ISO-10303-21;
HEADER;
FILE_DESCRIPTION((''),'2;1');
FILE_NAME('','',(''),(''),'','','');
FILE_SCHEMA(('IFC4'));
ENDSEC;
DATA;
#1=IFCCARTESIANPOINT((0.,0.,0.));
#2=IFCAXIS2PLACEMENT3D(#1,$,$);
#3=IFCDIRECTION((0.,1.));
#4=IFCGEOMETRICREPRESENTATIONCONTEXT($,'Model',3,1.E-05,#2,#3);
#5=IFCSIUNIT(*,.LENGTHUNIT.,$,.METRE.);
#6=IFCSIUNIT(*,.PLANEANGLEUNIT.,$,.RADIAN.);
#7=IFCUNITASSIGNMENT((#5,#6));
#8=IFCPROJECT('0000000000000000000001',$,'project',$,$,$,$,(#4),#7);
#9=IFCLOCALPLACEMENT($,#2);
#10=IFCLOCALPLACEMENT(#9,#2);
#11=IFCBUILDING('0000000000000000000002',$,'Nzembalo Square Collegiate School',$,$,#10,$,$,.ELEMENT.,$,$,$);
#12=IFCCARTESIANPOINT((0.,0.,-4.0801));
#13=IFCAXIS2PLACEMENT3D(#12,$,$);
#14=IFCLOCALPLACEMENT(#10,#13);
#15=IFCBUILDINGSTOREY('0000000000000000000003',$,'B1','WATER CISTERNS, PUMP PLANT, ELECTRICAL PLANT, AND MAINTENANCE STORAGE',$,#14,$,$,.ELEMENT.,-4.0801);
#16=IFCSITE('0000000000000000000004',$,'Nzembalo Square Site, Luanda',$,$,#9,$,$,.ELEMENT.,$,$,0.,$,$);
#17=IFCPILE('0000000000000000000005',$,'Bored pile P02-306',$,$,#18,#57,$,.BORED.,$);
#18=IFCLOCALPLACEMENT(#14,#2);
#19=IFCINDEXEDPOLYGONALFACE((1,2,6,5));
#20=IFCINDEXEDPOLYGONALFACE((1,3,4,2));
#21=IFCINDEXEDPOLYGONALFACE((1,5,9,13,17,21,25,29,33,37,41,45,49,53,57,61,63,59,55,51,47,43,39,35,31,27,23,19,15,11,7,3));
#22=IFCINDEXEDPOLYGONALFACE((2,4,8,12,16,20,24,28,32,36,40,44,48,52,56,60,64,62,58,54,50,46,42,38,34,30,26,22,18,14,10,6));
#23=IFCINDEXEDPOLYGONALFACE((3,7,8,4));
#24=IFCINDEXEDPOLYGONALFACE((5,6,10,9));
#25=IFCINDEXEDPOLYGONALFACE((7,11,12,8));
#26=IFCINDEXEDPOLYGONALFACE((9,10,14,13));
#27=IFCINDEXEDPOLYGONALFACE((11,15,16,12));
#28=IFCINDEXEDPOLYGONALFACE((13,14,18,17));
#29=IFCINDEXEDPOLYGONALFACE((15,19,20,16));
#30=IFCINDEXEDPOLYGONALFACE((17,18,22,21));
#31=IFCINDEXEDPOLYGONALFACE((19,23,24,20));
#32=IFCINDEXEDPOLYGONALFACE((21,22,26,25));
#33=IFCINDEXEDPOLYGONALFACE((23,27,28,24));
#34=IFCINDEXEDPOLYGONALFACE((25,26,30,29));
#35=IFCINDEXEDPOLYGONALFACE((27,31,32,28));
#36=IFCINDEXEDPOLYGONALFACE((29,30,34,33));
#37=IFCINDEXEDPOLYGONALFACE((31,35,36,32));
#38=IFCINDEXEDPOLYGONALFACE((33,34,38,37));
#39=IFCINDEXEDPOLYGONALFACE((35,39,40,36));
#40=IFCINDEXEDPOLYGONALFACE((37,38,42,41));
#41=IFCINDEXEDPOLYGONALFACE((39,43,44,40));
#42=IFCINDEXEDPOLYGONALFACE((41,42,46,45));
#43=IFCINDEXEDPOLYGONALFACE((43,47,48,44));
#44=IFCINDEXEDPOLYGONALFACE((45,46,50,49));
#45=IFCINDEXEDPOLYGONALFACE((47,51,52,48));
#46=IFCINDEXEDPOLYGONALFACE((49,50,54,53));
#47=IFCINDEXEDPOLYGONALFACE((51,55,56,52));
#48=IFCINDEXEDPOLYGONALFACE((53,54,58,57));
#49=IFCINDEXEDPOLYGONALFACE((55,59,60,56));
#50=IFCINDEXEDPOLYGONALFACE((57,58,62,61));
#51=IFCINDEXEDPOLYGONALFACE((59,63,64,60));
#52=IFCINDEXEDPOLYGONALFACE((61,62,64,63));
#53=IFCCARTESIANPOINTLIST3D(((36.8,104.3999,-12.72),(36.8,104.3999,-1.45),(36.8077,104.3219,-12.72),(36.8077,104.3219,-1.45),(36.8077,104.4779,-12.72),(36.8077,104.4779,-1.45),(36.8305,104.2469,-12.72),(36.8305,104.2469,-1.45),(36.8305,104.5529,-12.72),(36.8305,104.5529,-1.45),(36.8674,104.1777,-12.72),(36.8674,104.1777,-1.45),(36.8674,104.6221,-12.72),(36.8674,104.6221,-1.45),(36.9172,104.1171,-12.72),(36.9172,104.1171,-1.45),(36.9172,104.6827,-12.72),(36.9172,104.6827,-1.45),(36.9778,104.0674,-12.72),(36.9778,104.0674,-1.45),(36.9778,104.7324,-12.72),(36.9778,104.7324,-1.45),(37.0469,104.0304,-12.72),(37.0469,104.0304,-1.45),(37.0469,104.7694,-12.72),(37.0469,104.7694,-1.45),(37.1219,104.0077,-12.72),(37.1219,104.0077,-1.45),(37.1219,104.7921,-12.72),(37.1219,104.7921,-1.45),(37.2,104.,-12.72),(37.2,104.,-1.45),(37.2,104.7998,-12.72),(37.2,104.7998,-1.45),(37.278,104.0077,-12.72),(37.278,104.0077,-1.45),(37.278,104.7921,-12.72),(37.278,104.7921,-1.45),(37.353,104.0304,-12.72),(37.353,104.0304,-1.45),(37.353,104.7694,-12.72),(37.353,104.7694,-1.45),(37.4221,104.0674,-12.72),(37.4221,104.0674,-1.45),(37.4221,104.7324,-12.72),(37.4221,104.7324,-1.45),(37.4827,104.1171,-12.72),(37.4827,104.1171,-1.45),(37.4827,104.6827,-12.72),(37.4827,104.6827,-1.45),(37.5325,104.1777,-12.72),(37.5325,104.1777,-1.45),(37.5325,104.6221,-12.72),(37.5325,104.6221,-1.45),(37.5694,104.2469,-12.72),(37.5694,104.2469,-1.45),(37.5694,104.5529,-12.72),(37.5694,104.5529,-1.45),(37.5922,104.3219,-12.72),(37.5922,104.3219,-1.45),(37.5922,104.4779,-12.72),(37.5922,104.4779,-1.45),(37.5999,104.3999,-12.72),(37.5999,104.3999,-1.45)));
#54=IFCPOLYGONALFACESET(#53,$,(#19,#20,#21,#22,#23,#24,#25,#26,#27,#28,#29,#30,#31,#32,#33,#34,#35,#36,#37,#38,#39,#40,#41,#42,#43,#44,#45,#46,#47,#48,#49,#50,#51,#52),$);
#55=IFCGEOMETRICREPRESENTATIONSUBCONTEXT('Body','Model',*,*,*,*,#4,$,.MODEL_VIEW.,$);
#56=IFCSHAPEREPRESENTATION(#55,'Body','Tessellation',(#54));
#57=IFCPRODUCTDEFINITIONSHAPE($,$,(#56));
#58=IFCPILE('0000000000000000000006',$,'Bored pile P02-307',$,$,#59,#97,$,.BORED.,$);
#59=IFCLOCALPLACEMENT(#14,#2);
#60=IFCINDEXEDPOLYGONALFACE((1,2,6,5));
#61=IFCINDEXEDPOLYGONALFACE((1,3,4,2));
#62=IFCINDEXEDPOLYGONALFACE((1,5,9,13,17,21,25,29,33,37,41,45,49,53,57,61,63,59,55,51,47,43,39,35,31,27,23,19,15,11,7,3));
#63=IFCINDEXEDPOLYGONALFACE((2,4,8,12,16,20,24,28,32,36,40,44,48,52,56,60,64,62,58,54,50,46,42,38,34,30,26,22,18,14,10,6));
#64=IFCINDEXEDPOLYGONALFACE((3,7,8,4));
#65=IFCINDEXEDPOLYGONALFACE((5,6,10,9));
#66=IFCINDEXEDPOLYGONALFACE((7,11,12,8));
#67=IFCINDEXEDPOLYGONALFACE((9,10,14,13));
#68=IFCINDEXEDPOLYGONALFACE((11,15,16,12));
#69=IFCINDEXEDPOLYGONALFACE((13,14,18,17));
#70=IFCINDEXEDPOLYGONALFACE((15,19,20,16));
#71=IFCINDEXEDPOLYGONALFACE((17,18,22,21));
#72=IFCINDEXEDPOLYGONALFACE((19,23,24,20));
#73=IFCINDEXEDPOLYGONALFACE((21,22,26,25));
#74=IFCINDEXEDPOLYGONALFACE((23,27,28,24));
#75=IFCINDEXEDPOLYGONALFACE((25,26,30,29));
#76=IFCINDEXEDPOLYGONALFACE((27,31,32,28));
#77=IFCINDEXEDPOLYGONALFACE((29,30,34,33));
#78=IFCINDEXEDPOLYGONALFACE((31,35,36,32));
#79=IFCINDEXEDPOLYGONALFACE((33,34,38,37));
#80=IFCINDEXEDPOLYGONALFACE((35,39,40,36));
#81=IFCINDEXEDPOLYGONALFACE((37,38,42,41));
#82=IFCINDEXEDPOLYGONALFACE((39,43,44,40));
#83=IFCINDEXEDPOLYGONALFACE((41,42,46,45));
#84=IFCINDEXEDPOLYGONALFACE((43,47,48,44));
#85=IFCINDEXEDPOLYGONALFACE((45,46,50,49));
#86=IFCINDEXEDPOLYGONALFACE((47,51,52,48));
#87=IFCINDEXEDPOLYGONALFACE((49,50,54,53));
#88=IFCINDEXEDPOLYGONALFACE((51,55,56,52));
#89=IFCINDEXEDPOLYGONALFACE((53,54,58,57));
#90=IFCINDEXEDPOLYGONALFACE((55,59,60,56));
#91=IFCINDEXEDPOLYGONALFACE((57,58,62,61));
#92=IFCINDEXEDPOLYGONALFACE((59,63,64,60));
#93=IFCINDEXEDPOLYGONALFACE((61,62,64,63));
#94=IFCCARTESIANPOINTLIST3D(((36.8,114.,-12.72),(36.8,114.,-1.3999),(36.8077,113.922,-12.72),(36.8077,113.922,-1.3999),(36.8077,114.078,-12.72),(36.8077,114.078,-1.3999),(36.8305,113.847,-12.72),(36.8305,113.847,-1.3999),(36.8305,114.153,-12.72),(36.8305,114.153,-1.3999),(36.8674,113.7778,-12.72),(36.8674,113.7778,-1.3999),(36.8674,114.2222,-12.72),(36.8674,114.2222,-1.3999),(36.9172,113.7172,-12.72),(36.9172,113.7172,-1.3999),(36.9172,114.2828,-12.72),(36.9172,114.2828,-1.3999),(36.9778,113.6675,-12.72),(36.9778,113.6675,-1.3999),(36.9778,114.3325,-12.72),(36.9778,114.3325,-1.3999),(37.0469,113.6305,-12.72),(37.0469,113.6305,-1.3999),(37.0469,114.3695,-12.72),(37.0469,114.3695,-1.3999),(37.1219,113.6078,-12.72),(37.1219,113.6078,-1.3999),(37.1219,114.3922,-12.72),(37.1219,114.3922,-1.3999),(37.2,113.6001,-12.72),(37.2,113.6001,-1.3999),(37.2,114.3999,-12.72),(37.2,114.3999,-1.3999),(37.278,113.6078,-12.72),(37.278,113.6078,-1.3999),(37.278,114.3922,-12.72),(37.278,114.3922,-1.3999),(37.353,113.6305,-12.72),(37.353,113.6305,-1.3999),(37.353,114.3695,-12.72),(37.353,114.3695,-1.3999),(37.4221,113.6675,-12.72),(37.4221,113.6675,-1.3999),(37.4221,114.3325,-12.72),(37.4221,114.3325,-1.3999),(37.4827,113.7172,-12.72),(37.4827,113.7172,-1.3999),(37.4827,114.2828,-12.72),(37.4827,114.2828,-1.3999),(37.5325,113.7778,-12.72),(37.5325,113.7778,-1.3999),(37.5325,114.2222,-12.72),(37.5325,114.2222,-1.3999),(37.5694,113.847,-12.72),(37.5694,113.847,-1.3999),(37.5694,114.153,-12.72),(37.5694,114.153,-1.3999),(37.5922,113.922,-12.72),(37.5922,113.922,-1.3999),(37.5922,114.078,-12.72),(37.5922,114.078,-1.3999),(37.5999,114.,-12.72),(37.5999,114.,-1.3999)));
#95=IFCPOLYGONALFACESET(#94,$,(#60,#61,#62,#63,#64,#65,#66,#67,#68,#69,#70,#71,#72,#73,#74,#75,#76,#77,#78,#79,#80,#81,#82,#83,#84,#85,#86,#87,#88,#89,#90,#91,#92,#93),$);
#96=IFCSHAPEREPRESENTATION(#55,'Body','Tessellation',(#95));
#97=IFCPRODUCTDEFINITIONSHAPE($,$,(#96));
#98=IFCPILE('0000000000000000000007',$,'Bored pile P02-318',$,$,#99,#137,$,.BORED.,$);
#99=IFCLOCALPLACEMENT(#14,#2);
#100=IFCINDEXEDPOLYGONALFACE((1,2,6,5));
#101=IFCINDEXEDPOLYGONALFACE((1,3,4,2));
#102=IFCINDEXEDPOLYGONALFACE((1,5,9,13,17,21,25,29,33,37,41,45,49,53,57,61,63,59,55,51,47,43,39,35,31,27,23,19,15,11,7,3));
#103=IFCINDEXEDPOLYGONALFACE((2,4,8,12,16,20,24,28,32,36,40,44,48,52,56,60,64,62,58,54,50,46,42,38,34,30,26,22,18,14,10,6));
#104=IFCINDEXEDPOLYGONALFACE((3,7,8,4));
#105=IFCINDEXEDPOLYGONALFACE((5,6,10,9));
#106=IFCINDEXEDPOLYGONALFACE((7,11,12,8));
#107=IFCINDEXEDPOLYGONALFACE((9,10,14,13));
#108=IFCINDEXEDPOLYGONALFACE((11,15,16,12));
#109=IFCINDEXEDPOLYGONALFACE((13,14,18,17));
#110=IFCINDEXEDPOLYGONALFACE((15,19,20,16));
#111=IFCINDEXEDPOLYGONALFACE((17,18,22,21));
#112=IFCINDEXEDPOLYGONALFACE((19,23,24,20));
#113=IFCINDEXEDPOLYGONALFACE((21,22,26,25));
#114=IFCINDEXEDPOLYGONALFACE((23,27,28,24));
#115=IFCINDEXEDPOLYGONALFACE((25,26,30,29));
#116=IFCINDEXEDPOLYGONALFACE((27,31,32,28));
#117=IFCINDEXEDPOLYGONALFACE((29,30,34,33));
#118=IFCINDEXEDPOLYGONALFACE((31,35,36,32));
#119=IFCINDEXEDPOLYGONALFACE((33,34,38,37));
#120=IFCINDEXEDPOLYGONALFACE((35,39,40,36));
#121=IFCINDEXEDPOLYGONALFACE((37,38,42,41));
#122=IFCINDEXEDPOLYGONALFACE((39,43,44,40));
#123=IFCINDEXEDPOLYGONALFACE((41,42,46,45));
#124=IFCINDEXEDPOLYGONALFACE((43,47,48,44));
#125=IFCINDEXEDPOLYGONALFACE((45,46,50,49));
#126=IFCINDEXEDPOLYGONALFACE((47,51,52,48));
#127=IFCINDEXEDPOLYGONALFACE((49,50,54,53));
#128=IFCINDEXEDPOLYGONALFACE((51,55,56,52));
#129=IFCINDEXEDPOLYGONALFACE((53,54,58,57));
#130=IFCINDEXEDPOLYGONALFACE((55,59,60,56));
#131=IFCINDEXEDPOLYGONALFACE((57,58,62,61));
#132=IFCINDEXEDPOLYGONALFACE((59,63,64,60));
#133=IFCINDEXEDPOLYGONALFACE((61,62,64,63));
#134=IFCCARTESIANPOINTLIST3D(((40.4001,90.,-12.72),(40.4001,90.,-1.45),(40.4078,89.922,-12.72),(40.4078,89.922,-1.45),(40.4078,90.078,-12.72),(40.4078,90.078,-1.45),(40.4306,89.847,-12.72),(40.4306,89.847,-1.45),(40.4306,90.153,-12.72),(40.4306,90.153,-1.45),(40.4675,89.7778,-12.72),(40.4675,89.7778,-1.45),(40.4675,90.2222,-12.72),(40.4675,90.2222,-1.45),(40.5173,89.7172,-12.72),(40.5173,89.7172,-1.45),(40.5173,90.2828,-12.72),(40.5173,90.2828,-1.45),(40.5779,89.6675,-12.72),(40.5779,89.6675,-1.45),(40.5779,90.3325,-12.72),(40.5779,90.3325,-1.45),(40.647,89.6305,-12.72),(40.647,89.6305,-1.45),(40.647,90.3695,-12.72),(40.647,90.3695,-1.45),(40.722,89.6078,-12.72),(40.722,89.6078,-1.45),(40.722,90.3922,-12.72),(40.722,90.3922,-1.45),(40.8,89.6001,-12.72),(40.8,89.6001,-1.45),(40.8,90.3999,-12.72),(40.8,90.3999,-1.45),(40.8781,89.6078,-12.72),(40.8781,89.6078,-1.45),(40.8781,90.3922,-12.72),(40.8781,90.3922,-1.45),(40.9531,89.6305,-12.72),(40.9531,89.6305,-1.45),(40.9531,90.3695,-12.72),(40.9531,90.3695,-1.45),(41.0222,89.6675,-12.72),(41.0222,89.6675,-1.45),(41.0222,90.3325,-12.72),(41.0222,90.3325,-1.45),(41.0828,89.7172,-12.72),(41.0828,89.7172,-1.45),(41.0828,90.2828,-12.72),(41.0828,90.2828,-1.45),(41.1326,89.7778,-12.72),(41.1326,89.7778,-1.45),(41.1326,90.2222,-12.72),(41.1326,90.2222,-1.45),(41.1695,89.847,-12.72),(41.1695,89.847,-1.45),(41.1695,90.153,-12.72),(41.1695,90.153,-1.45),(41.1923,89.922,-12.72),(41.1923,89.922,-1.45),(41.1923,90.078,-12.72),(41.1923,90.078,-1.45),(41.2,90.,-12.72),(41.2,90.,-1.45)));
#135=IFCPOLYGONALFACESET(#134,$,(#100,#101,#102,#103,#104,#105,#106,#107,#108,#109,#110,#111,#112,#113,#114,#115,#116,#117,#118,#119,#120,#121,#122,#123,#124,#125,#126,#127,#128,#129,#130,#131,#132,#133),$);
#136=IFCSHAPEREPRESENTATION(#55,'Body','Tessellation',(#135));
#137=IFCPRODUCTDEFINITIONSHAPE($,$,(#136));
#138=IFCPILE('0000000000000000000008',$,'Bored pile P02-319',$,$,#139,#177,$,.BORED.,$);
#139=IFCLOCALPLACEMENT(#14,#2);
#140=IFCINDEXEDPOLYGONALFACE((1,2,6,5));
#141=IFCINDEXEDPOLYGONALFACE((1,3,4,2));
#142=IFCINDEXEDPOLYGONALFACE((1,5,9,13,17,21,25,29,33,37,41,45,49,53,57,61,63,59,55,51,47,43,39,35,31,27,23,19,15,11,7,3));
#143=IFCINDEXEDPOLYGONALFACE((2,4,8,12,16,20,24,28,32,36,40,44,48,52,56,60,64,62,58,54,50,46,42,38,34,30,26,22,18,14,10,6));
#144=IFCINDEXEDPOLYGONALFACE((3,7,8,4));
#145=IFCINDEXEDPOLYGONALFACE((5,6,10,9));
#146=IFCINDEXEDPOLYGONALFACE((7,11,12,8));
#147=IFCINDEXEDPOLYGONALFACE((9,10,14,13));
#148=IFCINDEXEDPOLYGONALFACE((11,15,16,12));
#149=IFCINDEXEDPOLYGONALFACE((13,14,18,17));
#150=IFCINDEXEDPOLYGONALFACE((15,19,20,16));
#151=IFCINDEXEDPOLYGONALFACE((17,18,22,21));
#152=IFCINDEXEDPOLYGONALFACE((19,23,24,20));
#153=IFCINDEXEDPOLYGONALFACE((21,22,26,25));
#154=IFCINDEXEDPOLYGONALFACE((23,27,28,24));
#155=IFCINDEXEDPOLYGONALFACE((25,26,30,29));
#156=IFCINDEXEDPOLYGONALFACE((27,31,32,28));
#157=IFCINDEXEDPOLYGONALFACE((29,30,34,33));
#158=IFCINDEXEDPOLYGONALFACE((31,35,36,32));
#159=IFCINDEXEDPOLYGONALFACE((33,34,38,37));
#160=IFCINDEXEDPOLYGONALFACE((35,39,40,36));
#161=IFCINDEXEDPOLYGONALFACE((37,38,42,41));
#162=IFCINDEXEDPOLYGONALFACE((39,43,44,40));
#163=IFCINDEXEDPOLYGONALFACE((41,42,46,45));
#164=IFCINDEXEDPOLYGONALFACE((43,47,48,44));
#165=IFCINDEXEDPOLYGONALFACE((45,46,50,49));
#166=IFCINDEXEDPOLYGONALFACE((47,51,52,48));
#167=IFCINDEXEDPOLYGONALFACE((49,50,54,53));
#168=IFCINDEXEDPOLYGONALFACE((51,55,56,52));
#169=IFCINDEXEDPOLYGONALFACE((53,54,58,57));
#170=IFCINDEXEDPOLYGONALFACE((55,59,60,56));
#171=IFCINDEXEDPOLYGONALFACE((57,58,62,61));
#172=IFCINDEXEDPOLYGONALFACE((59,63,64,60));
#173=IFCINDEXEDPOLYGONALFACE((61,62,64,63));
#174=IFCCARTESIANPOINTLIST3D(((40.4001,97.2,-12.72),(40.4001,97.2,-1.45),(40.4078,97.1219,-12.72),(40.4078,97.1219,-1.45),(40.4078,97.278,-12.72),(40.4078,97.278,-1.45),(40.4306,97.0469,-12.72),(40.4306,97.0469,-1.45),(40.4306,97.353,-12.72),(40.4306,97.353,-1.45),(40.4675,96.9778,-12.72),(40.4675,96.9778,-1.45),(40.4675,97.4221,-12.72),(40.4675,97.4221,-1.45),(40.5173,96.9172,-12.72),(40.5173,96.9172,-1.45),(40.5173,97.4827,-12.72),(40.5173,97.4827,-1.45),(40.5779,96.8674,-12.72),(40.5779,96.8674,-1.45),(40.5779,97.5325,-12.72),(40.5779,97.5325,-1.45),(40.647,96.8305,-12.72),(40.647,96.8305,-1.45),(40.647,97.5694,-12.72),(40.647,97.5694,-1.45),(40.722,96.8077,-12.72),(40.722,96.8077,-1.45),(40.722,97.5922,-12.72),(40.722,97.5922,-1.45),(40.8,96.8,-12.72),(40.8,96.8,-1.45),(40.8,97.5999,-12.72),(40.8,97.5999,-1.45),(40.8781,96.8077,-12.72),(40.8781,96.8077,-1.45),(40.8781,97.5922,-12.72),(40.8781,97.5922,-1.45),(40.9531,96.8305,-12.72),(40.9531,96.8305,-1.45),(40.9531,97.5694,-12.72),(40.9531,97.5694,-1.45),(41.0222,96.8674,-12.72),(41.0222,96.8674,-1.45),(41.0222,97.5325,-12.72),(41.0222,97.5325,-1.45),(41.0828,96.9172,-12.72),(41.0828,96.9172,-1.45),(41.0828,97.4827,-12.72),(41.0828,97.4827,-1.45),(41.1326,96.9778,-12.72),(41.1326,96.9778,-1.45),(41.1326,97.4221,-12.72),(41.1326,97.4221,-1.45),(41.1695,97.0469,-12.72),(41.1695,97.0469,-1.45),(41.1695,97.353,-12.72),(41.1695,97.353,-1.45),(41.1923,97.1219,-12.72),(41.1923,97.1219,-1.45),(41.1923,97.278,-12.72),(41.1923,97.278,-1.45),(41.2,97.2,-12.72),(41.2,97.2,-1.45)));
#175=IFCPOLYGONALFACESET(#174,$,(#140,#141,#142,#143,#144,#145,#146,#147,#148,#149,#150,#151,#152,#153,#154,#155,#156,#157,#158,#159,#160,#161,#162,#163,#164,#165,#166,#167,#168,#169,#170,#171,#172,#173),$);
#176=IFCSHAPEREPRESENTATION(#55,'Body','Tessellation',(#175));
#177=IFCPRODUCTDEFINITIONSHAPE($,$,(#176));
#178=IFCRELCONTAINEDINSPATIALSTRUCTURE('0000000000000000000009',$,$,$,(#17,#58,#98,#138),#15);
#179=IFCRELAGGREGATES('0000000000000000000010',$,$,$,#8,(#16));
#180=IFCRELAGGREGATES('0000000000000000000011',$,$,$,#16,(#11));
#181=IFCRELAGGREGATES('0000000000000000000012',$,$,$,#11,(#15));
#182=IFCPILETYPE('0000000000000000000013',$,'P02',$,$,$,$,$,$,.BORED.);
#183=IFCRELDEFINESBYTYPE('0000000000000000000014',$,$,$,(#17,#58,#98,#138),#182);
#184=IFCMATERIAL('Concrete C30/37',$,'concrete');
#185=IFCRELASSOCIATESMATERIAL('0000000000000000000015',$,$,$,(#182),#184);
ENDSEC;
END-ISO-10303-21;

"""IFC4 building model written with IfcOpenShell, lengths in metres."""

from ifc_helpers import new_model, si_unit, direction, frame, origin, origin_2d, place, context, subcontext, project, spatial, circle, extrude, material, material_profile, profile_set, type_object, element, save


model = new_model("IFC4")

# Units and contexts
model_context = context("Model", 3, precision=1e-05, world=origin(), true_north=direction((0.0, 1.0)))
body_context = subcontext(model_context, "Body", "Model", "MODEL_VIEW")
ifc_project = project(units=[si_unit("LENGTHUNIT", "METRE"), si_unit("PLANEANGLEUNIT", "RADIAN")], contexts=[model_context])

# Site, building, storey
site_placement = place(None, origin())
site = spatial("IfcSite", under=ifc_project, at=site_placement, Name="Nzembalo Square Site, Luanda", CompositionType="ELEMENT", RefElevation=0.0)
building_placement = place(site_placement, origin())
building = spatial("IfcBuilding", under=site, at=building_placement, Name="Nzembalo Square Collegiate School", CompositionType="ELEMENT")
storey_placement = place(building_placement, frame((0.0, 0.0, -4.0801)))
storey = spatial("IfcBuildingStorey", under=building, at=storey_placement, Name="B1", Description="WATER CISTERNS, PUMP PLANT, ELECTRICAL PLANT, AND MAINTENANCE STORAGE", CompositionType="ELEMENT", Elevation=-4.0801)

# Piles
ifc_material_1 = material(Name="Concrete C30/37", Category="concrete")
ifc_material_profile_1 = material_profile(ifc_material_1, circle(Radius=0.3999, at=origin_2d()), Name="PILE D800")
ifc_profile_set_1 = profile_set([ifc_material_profile_1], Name="Concrete C30/37")
pile_type = type_object("IfcPileType", Name="P02", PredefinedType="BORED", material=ifc_profile_set_1)
for number, where, z_axis, x_axis, name in (
    (1, (37.2, 104.3999, -1.45), (0.0, 0.0, -1.0), (1.0, 0.0, 0.0), "Bored pile P02-306"),
):
    element("IfcPile", number, at=place(storey_placement, frame(where, z_axis=z_axis, x_axis=x_axis)), inside=storey, type_object=pile_type, Name=name, PredefinedType="BORED", context=body_context, shape_type="SweptSolid", body=[
        extrude(circle(Radius=0.3999, at=origin_2d()), origin(), (0.0, 0.0, 1.0), 11.27),
    ])
pile_placement = place(storey_placement, frame((37.2, 114.0, -1.3999), z_axis=(0.0, 0.0, -1.0), x_axis=(1.0, 0.0, 0.0)))
element("IfcPile", 2, at=pile_placement, inside=storey, type_object=pile_type, Name="Bored pile P02-307", PredefinedType="BORED", context=body_context, shape_type="SweptSolid", body=[
    extrude(circle(Radius=0.3999, at=origin_2d()), origin(), (0.0, 0.0, 1.0), 11.3201),
])
for number, where, z_axis, x_axis, name in (
    (3, (40.8, 90.0, -1.45), (0.0, 0.0, -1.0), (1.0, 0.0, 0.0), "Bored pile P02-318"),
    (4, (40.8, 97.2, -1.45), (0.0, 0.0, -1.0), (1.0, 0.0, 0.0), "Bored pile P02-319"),
):
    element("IfcPile", number, at=place(storey_placement, frame(where, z_axis=z_axis, x_axis=x_axis)), inside=storey, type_object=pile_type, Name=name, PredefinedType="BORED", context=body_context, shape_type="SweptSolid", body=[
        extrude(circle(Radius=0.3999, at=origin_2d()), origin(), (0.0, 0.0, 1.0), 11.27),
    ])

save(model, "model.ifc")
